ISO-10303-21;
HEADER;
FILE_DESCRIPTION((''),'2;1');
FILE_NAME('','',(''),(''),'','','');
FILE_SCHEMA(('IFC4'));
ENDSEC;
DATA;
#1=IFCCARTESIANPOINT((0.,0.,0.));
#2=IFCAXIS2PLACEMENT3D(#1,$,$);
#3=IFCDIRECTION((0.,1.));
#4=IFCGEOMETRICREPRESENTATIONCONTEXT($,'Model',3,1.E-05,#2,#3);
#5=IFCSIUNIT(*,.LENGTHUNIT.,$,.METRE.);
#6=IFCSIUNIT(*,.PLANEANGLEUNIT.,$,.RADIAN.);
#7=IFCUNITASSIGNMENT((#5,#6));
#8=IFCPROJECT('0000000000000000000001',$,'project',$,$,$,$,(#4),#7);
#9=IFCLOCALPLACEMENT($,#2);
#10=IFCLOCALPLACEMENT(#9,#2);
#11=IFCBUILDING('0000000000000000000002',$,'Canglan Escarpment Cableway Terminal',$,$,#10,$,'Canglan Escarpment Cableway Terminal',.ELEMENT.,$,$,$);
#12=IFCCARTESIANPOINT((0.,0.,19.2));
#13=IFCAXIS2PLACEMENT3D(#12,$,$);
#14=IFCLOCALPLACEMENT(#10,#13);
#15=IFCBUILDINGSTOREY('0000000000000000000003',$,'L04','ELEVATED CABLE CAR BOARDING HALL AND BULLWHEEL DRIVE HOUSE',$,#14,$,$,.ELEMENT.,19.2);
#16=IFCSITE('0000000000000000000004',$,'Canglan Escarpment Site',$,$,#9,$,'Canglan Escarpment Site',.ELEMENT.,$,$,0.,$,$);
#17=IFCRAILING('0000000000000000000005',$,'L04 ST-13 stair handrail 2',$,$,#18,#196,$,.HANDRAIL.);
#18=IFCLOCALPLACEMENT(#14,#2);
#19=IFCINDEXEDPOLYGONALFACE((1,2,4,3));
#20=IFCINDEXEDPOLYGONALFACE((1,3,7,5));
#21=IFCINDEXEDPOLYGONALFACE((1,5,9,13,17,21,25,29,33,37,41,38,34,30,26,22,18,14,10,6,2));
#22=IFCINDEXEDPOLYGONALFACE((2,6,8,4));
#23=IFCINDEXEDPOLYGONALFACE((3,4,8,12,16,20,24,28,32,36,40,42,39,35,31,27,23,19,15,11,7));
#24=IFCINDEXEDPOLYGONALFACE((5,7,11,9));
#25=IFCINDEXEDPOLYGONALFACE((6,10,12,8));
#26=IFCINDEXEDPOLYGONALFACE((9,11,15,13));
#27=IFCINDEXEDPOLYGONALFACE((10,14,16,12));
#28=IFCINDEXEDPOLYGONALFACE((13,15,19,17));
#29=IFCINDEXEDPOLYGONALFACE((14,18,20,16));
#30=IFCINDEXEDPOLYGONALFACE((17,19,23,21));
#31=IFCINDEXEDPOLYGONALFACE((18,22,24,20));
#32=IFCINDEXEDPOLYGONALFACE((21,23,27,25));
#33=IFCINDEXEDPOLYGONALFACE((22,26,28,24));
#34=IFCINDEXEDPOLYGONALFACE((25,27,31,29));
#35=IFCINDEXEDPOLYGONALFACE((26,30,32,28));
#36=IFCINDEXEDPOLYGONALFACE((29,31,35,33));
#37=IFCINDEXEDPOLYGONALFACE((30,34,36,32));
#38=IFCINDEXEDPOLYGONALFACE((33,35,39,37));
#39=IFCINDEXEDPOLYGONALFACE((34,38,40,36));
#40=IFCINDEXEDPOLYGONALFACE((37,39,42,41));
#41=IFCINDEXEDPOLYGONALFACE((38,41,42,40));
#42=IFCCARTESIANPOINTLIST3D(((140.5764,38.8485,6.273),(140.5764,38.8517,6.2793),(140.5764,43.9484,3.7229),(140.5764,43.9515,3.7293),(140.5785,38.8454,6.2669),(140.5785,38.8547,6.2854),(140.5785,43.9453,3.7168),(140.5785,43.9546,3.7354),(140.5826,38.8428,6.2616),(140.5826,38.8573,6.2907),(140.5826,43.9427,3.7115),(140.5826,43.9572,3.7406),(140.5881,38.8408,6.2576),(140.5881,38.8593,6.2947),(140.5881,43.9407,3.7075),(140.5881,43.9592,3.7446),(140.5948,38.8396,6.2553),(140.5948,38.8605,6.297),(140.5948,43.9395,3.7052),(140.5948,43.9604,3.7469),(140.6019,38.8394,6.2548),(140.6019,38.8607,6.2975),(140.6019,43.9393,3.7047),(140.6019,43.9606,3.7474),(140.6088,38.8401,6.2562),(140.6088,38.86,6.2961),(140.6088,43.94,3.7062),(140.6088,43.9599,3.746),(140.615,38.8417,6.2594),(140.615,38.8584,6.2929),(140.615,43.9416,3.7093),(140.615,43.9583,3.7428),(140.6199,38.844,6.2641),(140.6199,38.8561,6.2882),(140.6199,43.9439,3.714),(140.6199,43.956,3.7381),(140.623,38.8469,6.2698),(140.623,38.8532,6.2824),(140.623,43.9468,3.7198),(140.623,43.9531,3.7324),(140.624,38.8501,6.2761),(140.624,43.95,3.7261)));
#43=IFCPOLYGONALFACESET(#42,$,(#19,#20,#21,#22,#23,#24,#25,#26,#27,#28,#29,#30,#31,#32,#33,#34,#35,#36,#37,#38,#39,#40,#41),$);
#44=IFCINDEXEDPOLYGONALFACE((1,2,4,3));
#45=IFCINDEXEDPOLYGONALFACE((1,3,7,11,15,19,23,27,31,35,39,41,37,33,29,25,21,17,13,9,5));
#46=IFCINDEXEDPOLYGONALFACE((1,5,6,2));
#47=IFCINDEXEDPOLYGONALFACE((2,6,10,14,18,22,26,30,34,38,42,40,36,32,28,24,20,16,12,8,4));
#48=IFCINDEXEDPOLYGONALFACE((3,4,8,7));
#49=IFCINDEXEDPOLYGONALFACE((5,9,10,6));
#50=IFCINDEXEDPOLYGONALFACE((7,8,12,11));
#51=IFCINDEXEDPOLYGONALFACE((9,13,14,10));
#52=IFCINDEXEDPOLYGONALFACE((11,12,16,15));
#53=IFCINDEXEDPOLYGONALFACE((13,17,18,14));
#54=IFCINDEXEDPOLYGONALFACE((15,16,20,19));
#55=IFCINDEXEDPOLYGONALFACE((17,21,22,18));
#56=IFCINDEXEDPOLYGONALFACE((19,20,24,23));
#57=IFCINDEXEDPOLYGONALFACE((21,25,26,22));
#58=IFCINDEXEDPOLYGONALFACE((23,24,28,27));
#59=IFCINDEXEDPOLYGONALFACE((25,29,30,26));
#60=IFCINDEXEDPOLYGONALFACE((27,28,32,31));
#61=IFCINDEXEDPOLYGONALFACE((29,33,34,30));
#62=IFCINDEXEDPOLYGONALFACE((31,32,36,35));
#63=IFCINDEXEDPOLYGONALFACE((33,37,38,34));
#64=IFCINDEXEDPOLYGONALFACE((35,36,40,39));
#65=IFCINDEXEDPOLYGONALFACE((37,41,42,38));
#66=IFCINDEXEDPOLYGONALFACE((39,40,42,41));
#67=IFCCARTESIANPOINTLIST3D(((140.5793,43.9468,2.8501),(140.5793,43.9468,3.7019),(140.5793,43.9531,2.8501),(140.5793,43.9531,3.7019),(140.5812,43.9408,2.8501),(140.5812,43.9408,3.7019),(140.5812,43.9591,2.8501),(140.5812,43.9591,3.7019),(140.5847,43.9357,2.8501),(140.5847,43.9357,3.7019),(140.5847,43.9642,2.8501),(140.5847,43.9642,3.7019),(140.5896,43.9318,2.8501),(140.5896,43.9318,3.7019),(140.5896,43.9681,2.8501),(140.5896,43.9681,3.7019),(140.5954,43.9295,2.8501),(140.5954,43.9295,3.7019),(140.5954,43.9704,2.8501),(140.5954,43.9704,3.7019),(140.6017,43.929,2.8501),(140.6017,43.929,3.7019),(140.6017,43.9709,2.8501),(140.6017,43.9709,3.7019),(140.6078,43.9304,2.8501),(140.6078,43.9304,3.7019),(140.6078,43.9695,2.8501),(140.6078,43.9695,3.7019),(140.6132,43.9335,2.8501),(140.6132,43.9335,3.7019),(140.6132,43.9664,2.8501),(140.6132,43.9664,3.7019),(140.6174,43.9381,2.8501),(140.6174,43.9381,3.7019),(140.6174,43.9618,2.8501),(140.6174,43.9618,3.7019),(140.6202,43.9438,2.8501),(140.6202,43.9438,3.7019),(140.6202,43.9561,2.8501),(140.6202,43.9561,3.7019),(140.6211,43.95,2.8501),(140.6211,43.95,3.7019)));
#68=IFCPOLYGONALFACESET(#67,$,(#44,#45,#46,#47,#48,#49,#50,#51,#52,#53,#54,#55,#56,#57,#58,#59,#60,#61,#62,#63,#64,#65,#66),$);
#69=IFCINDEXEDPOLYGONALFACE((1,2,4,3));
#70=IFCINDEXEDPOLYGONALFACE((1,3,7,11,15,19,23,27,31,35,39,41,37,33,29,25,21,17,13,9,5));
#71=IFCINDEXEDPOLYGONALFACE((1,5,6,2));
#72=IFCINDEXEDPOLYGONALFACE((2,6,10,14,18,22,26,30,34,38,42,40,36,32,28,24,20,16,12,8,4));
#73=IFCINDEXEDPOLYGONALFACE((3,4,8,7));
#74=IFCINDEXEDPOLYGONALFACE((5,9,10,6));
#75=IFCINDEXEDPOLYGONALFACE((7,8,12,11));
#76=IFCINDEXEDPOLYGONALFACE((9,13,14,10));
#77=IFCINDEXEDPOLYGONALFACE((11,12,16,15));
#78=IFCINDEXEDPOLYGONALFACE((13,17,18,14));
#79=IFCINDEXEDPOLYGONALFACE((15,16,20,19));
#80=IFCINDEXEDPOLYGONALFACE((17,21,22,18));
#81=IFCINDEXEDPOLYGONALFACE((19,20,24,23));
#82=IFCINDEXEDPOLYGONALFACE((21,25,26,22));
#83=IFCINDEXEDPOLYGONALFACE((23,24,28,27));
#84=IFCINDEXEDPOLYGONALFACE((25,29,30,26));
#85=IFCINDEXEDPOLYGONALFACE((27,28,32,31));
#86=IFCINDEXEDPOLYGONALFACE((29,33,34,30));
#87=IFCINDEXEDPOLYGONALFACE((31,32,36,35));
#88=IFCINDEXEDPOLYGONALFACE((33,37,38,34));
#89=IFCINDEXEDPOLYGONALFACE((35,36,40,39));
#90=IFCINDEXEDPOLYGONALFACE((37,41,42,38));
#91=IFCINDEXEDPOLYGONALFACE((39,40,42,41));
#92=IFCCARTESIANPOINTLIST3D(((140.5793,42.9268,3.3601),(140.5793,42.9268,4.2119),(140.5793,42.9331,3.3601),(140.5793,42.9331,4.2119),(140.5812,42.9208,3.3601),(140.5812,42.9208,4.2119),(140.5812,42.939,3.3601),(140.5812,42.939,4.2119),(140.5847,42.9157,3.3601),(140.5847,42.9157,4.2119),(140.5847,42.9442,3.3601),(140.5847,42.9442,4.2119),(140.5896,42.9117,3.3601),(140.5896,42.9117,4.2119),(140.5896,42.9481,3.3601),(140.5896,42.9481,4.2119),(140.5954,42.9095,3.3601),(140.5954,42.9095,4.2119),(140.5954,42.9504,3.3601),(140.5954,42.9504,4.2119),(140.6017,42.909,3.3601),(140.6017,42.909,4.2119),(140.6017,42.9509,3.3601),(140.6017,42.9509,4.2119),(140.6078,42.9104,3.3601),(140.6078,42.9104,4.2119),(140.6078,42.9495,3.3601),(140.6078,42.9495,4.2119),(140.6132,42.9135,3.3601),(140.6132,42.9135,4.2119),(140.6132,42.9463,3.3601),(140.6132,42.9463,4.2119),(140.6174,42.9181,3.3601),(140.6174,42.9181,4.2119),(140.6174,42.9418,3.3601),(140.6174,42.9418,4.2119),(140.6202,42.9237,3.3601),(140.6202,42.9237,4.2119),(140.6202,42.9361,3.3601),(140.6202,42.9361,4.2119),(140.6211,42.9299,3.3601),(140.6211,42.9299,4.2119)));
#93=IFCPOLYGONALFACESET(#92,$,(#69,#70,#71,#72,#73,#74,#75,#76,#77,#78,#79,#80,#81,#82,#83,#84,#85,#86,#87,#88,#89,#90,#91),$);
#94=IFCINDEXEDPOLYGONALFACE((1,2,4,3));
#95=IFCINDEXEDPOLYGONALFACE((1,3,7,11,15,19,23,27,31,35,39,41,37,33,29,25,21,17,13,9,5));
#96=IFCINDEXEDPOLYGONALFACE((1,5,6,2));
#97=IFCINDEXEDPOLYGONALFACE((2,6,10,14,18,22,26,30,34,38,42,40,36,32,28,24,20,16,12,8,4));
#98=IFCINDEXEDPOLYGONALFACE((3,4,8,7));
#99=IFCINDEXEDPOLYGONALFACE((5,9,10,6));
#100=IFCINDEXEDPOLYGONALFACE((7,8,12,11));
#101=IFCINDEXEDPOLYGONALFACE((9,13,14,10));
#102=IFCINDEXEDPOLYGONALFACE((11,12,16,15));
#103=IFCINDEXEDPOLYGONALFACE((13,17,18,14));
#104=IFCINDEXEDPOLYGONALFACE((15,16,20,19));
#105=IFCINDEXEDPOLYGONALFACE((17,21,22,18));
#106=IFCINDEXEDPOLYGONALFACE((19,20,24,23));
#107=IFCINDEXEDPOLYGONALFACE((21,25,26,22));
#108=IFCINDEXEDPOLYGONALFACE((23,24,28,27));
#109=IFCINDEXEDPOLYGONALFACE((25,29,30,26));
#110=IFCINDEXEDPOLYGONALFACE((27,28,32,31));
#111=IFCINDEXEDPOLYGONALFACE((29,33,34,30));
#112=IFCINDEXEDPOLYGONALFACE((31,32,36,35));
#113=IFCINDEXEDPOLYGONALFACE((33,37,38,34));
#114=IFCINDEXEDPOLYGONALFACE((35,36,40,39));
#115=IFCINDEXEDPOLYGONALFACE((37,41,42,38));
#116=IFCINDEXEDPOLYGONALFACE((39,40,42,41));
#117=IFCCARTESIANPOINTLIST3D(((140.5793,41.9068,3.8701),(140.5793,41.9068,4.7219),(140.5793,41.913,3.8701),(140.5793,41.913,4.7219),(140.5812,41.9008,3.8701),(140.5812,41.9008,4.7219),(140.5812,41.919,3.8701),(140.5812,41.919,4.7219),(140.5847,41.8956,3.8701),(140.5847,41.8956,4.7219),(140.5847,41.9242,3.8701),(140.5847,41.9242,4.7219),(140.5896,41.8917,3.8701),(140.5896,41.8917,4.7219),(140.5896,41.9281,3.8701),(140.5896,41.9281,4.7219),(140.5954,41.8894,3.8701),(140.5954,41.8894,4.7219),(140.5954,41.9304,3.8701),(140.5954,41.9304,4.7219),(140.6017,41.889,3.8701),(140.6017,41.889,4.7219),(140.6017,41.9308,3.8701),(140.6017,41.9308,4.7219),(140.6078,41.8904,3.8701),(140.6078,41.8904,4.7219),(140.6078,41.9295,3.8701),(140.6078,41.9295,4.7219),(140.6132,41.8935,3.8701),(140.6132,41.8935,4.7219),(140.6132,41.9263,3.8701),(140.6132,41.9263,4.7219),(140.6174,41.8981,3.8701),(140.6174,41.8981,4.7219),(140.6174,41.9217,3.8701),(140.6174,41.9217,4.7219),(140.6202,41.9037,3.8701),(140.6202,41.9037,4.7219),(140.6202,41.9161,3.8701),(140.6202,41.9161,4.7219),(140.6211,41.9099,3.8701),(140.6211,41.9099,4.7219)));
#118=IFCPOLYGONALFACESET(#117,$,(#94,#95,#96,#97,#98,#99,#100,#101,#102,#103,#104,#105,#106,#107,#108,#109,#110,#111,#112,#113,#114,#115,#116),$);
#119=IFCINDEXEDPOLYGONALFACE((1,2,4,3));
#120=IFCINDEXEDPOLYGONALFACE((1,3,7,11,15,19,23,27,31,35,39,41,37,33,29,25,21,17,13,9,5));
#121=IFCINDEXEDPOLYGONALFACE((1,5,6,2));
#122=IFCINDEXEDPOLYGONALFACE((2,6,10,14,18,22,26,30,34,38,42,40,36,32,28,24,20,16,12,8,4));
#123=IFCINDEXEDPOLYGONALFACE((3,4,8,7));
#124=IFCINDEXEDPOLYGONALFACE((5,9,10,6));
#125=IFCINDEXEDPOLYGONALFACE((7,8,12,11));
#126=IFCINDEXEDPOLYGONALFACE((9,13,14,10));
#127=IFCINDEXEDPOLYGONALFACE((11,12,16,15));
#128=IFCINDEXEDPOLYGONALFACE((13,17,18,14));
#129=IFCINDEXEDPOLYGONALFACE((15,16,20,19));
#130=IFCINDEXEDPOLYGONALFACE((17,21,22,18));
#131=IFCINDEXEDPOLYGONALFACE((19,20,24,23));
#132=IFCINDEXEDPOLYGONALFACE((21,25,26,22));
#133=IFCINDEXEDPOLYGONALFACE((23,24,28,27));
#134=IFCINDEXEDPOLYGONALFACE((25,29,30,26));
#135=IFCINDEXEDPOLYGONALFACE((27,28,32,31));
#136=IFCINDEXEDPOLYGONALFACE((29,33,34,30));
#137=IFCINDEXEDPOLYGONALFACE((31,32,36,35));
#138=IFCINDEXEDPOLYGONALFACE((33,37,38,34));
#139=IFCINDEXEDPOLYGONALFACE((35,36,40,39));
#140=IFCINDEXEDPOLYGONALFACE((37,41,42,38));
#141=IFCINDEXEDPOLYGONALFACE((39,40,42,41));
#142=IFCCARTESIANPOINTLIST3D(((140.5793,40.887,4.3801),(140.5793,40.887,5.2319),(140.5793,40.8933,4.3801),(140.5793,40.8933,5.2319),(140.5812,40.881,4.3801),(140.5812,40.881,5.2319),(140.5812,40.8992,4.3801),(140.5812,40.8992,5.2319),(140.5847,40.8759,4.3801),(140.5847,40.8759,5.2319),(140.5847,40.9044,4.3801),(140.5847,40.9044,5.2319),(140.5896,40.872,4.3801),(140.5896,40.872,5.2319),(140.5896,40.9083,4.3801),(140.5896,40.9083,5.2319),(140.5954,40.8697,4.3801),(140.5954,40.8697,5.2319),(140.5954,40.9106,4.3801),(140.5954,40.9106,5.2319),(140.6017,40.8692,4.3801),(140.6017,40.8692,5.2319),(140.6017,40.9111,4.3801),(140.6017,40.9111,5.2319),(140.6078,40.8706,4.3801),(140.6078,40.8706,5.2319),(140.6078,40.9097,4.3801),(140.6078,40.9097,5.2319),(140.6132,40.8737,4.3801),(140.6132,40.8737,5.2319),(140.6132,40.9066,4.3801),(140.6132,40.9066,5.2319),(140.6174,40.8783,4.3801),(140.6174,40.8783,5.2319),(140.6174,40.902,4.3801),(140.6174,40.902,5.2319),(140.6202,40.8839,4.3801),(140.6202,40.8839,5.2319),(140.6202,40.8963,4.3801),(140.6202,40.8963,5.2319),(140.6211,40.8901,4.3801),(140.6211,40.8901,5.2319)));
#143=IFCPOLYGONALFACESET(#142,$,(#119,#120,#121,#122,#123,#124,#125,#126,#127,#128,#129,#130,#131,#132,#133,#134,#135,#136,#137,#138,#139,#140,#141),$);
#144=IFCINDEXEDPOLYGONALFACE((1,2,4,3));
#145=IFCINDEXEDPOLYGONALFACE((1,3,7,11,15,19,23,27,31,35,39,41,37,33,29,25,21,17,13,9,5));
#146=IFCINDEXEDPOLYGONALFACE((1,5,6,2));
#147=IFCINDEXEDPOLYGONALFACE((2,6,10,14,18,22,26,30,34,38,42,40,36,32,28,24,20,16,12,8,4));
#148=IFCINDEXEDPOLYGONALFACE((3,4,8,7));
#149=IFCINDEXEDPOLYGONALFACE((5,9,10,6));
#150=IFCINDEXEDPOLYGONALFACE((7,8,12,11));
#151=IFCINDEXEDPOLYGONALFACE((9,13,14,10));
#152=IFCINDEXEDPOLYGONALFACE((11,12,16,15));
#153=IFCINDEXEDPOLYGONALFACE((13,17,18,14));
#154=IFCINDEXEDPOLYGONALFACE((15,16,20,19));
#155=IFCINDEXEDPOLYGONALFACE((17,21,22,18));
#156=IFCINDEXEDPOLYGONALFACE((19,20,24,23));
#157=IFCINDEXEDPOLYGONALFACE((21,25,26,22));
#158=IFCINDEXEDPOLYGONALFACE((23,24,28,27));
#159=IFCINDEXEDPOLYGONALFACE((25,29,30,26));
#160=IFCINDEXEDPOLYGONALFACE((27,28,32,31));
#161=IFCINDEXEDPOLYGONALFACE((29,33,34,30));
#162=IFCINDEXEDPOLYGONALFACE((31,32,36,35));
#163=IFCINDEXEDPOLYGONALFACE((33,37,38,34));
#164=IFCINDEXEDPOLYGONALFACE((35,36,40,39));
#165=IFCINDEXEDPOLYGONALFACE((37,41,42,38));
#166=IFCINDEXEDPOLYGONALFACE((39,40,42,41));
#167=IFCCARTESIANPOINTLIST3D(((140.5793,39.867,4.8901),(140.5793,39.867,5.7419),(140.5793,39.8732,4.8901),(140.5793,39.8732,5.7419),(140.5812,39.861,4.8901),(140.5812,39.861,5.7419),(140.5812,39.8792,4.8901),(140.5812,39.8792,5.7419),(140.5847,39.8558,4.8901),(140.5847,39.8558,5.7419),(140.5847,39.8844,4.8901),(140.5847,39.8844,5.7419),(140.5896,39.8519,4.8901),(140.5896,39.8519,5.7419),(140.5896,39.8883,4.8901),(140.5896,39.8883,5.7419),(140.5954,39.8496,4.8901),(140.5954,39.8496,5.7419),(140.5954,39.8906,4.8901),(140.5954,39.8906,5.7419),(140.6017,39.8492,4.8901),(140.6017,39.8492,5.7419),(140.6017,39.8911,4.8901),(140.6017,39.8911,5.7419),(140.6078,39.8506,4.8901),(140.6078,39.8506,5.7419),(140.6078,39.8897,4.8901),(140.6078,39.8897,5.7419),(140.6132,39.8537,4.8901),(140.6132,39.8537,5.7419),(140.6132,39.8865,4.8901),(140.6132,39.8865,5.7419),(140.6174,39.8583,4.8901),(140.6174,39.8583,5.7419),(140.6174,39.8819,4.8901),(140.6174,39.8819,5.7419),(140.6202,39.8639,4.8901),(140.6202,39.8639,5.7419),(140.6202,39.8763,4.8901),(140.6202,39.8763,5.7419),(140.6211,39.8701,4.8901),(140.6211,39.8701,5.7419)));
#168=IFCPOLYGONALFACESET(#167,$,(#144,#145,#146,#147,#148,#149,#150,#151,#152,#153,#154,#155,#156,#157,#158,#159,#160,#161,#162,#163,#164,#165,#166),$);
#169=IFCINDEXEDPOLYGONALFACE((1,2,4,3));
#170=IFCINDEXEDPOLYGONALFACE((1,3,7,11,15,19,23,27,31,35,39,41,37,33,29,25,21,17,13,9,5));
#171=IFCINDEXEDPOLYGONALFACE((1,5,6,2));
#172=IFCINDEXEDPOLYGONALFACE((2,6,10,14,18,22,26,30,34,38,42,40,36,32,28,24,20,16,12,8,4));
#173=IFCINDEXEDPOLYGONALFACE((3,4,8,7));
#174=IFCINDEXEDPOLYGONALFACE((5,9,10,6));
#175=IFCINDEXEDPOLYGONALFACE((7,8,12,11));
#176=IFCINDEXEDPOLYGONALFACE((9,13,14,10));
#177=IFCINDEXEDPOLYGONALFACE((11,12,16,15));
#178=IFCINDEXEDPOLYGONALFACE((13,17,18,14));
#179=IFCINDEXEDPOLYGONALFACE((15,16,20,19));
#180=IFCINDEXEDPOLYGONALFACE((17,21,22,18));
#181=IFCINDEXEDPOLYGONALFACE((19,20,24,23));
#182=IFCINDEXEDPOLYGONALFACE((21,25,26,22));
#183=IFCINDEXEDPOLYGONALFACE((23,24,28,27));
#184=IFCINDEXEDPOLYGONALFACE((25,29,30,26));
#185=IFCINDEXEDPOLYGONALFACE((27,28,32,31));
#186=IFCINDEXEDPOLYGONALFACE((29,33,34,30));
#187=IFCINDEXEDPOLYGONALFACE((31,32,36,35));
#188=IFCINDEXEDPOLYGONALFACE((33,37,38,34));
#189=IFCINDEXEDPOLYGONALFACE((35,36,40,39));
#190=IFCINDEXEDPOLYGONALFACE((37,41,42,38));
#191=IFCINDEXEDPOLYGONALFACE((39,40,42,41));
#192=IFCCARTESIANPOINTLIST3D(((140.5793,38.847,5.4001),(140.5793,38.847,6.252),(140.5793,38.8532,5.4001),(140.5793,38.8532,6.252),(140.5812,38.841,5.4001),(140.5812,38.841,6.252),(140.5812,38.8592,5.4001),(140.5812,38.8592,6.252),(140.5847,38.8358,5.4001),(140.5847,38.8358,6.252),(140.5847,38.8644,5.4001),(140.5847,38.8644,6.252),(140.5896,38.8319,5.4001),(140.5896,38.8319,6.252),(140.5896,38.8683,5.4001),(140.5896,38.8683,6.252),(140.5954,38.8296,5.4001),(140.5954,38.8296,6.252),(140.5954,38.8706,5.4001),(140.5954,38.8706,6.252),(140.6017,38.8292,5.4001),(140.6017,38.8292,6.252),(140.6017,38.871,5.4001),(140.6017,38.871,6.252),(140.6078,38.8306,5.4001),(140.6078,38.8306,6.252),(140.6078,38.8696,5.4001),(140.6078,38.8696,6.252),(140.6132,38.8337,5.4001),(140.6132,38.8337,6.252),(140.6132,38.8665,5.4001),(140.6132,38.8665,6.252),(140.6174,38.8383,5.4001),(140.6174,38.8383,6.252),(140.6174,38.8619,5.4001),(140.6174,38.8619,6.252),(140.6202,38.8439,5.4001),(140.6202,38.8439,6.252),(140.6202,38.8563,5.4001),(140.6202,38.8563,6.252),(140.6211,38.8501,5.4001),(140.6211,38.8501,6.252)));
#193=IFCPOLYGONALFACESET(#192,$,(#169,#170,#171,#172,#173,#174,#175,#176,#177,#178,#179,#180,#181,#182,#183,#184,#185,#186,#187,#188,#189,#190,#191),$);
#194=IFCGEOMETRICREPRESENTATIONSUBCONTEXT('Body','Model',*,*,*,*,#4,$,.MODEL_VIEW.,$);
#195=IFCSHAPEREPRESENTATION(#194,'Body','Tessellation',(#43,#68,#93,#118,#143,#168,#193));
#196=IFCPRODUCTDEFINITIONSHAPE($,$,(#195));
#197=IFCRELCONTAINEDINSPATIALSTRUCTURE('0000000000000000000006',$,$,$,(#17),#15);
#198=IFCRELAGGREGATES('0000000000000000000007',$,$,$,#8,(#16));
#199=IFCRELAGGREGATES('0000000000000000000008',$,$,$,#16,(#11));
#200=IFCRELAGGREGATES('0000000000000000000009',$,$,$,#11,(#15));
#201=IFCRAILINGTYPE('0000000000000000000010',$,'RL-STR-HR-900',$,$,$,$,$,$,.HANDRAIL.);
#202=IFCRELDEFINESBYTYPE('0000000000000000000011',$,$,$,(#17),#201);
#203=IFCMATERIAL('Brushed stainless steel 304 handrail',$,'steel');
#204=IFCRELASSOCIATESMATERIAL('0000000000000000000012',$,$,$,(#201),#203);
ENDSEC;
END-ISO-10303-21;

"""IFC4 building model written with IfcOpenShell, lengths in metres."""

from ifc_helpers import new_model, si_unit, direction, frame, origin, origin_2d, place, context, subcontext, project, spatial, circle, extrude, material, type_object, element, save


model = new_model("IFC4")

# Units and contexts
model_context = context("Model", 3, precision=1e-05, world=origin(), true_north=direction((0.0, 1.0)))
body_context = subcontext(model_context, "Body", "Model", "MODEL_VIEW")
ifc_project = project(units=[si_unit("LENGTHUNIT", "METRE"), si_unit("PLANEANGLEUNIT", "RADIAN")], contexts=[model_context])

# Site, building, storey
site_placement = place(None, origin())
site = spatial("IfcSite", under=ifc_project, at=site_placement, Name="Canglan Escarpment Site", LongName="Canglan Escarpment Site", CompositionType="ELEMENT", RefElevation=0.0)
building_placement = place(site_placement, origin())
building = spatial("IfcBuilding", under=site, at=building_placement, Name="Canglan Escarpment Cableway Terminal", LongName="Canglan Escarpment Cableway Terminal", CompositionType="ELEMENT")
storey_placement = place(building_placement, frame((0.0, 0.0, 19.2)))
storey = spatial("IfcBuildingStorey", under=building, at=storey_placement, Name="L04", Description="ELEVATED CABLE CAR BOARDING HALL AND BULLWHEEL DRIVE HOUSE", CompositionType="ELEMENT", Elevation=19.2)

# Railing
ifc_material_1 = material(Name="Brushed stainless steel 304 handrail", Category="steel")
railing_type = type_object("IfcRailingType", Name="RL-STR-HR-900", PredefinedType="HANDRAIL", material=ifc_material_1)
railing_placement = place(storey_placement, frame((140.6001, 43.95, 2.8501)))
element("IfcRailing", 1, at=railing_placement, inside=storey, type_object=railing_type, Name="L04 ST-13 stair handrail 2", PredefinedType="HANDRAIL", context=body_context, shape_type="SweptSolid", body=[
    extrude(circle(Radius=0.0239, at=origin_2d()), frame((0.0, 0.0, 0.876), z_axis=(0.0, -0.894419, 0.447231), x_axis=(1.0, 0.0, 0.0)), (0.0, 0.0, 1.0), 5.7019),
    extrude(circle(Radius=0.021, at=origin_2d()), origin(), (0.0, 0.0, 1.0), 0.8518),
    extrude(circle(Radius=0.021, at=origin_2d()), frame((0.0, -1.02, 0.51)), (0.0, 0.0, 1.0), 0.8518),
    extrude(circle(Radius=0.021, at=origin_2d()), frame((0.0, -2.04, 1.02)), (0.0, 0.0, 1.0), 0.8518),
    extrude(circle(Radius=0.021, at=origin_2d()), frame((0.0, -3.0598, 1.53)), (0.0, 0.0, 1.0), 0.8518),
    extrude(circle(Radius=0.021, at=origin_2d()), frame((0.0, -4.0798, 2.04)), (0.0, 0.0, 1.0), 0.8518),
    extrude(circle(Radius=0.021, at=origin_2d()), frame((0.0, -5.0999, 2.55)), (0.0, 0.0, 1.0), 0.8518),
])

save(model, "model.ifc")
